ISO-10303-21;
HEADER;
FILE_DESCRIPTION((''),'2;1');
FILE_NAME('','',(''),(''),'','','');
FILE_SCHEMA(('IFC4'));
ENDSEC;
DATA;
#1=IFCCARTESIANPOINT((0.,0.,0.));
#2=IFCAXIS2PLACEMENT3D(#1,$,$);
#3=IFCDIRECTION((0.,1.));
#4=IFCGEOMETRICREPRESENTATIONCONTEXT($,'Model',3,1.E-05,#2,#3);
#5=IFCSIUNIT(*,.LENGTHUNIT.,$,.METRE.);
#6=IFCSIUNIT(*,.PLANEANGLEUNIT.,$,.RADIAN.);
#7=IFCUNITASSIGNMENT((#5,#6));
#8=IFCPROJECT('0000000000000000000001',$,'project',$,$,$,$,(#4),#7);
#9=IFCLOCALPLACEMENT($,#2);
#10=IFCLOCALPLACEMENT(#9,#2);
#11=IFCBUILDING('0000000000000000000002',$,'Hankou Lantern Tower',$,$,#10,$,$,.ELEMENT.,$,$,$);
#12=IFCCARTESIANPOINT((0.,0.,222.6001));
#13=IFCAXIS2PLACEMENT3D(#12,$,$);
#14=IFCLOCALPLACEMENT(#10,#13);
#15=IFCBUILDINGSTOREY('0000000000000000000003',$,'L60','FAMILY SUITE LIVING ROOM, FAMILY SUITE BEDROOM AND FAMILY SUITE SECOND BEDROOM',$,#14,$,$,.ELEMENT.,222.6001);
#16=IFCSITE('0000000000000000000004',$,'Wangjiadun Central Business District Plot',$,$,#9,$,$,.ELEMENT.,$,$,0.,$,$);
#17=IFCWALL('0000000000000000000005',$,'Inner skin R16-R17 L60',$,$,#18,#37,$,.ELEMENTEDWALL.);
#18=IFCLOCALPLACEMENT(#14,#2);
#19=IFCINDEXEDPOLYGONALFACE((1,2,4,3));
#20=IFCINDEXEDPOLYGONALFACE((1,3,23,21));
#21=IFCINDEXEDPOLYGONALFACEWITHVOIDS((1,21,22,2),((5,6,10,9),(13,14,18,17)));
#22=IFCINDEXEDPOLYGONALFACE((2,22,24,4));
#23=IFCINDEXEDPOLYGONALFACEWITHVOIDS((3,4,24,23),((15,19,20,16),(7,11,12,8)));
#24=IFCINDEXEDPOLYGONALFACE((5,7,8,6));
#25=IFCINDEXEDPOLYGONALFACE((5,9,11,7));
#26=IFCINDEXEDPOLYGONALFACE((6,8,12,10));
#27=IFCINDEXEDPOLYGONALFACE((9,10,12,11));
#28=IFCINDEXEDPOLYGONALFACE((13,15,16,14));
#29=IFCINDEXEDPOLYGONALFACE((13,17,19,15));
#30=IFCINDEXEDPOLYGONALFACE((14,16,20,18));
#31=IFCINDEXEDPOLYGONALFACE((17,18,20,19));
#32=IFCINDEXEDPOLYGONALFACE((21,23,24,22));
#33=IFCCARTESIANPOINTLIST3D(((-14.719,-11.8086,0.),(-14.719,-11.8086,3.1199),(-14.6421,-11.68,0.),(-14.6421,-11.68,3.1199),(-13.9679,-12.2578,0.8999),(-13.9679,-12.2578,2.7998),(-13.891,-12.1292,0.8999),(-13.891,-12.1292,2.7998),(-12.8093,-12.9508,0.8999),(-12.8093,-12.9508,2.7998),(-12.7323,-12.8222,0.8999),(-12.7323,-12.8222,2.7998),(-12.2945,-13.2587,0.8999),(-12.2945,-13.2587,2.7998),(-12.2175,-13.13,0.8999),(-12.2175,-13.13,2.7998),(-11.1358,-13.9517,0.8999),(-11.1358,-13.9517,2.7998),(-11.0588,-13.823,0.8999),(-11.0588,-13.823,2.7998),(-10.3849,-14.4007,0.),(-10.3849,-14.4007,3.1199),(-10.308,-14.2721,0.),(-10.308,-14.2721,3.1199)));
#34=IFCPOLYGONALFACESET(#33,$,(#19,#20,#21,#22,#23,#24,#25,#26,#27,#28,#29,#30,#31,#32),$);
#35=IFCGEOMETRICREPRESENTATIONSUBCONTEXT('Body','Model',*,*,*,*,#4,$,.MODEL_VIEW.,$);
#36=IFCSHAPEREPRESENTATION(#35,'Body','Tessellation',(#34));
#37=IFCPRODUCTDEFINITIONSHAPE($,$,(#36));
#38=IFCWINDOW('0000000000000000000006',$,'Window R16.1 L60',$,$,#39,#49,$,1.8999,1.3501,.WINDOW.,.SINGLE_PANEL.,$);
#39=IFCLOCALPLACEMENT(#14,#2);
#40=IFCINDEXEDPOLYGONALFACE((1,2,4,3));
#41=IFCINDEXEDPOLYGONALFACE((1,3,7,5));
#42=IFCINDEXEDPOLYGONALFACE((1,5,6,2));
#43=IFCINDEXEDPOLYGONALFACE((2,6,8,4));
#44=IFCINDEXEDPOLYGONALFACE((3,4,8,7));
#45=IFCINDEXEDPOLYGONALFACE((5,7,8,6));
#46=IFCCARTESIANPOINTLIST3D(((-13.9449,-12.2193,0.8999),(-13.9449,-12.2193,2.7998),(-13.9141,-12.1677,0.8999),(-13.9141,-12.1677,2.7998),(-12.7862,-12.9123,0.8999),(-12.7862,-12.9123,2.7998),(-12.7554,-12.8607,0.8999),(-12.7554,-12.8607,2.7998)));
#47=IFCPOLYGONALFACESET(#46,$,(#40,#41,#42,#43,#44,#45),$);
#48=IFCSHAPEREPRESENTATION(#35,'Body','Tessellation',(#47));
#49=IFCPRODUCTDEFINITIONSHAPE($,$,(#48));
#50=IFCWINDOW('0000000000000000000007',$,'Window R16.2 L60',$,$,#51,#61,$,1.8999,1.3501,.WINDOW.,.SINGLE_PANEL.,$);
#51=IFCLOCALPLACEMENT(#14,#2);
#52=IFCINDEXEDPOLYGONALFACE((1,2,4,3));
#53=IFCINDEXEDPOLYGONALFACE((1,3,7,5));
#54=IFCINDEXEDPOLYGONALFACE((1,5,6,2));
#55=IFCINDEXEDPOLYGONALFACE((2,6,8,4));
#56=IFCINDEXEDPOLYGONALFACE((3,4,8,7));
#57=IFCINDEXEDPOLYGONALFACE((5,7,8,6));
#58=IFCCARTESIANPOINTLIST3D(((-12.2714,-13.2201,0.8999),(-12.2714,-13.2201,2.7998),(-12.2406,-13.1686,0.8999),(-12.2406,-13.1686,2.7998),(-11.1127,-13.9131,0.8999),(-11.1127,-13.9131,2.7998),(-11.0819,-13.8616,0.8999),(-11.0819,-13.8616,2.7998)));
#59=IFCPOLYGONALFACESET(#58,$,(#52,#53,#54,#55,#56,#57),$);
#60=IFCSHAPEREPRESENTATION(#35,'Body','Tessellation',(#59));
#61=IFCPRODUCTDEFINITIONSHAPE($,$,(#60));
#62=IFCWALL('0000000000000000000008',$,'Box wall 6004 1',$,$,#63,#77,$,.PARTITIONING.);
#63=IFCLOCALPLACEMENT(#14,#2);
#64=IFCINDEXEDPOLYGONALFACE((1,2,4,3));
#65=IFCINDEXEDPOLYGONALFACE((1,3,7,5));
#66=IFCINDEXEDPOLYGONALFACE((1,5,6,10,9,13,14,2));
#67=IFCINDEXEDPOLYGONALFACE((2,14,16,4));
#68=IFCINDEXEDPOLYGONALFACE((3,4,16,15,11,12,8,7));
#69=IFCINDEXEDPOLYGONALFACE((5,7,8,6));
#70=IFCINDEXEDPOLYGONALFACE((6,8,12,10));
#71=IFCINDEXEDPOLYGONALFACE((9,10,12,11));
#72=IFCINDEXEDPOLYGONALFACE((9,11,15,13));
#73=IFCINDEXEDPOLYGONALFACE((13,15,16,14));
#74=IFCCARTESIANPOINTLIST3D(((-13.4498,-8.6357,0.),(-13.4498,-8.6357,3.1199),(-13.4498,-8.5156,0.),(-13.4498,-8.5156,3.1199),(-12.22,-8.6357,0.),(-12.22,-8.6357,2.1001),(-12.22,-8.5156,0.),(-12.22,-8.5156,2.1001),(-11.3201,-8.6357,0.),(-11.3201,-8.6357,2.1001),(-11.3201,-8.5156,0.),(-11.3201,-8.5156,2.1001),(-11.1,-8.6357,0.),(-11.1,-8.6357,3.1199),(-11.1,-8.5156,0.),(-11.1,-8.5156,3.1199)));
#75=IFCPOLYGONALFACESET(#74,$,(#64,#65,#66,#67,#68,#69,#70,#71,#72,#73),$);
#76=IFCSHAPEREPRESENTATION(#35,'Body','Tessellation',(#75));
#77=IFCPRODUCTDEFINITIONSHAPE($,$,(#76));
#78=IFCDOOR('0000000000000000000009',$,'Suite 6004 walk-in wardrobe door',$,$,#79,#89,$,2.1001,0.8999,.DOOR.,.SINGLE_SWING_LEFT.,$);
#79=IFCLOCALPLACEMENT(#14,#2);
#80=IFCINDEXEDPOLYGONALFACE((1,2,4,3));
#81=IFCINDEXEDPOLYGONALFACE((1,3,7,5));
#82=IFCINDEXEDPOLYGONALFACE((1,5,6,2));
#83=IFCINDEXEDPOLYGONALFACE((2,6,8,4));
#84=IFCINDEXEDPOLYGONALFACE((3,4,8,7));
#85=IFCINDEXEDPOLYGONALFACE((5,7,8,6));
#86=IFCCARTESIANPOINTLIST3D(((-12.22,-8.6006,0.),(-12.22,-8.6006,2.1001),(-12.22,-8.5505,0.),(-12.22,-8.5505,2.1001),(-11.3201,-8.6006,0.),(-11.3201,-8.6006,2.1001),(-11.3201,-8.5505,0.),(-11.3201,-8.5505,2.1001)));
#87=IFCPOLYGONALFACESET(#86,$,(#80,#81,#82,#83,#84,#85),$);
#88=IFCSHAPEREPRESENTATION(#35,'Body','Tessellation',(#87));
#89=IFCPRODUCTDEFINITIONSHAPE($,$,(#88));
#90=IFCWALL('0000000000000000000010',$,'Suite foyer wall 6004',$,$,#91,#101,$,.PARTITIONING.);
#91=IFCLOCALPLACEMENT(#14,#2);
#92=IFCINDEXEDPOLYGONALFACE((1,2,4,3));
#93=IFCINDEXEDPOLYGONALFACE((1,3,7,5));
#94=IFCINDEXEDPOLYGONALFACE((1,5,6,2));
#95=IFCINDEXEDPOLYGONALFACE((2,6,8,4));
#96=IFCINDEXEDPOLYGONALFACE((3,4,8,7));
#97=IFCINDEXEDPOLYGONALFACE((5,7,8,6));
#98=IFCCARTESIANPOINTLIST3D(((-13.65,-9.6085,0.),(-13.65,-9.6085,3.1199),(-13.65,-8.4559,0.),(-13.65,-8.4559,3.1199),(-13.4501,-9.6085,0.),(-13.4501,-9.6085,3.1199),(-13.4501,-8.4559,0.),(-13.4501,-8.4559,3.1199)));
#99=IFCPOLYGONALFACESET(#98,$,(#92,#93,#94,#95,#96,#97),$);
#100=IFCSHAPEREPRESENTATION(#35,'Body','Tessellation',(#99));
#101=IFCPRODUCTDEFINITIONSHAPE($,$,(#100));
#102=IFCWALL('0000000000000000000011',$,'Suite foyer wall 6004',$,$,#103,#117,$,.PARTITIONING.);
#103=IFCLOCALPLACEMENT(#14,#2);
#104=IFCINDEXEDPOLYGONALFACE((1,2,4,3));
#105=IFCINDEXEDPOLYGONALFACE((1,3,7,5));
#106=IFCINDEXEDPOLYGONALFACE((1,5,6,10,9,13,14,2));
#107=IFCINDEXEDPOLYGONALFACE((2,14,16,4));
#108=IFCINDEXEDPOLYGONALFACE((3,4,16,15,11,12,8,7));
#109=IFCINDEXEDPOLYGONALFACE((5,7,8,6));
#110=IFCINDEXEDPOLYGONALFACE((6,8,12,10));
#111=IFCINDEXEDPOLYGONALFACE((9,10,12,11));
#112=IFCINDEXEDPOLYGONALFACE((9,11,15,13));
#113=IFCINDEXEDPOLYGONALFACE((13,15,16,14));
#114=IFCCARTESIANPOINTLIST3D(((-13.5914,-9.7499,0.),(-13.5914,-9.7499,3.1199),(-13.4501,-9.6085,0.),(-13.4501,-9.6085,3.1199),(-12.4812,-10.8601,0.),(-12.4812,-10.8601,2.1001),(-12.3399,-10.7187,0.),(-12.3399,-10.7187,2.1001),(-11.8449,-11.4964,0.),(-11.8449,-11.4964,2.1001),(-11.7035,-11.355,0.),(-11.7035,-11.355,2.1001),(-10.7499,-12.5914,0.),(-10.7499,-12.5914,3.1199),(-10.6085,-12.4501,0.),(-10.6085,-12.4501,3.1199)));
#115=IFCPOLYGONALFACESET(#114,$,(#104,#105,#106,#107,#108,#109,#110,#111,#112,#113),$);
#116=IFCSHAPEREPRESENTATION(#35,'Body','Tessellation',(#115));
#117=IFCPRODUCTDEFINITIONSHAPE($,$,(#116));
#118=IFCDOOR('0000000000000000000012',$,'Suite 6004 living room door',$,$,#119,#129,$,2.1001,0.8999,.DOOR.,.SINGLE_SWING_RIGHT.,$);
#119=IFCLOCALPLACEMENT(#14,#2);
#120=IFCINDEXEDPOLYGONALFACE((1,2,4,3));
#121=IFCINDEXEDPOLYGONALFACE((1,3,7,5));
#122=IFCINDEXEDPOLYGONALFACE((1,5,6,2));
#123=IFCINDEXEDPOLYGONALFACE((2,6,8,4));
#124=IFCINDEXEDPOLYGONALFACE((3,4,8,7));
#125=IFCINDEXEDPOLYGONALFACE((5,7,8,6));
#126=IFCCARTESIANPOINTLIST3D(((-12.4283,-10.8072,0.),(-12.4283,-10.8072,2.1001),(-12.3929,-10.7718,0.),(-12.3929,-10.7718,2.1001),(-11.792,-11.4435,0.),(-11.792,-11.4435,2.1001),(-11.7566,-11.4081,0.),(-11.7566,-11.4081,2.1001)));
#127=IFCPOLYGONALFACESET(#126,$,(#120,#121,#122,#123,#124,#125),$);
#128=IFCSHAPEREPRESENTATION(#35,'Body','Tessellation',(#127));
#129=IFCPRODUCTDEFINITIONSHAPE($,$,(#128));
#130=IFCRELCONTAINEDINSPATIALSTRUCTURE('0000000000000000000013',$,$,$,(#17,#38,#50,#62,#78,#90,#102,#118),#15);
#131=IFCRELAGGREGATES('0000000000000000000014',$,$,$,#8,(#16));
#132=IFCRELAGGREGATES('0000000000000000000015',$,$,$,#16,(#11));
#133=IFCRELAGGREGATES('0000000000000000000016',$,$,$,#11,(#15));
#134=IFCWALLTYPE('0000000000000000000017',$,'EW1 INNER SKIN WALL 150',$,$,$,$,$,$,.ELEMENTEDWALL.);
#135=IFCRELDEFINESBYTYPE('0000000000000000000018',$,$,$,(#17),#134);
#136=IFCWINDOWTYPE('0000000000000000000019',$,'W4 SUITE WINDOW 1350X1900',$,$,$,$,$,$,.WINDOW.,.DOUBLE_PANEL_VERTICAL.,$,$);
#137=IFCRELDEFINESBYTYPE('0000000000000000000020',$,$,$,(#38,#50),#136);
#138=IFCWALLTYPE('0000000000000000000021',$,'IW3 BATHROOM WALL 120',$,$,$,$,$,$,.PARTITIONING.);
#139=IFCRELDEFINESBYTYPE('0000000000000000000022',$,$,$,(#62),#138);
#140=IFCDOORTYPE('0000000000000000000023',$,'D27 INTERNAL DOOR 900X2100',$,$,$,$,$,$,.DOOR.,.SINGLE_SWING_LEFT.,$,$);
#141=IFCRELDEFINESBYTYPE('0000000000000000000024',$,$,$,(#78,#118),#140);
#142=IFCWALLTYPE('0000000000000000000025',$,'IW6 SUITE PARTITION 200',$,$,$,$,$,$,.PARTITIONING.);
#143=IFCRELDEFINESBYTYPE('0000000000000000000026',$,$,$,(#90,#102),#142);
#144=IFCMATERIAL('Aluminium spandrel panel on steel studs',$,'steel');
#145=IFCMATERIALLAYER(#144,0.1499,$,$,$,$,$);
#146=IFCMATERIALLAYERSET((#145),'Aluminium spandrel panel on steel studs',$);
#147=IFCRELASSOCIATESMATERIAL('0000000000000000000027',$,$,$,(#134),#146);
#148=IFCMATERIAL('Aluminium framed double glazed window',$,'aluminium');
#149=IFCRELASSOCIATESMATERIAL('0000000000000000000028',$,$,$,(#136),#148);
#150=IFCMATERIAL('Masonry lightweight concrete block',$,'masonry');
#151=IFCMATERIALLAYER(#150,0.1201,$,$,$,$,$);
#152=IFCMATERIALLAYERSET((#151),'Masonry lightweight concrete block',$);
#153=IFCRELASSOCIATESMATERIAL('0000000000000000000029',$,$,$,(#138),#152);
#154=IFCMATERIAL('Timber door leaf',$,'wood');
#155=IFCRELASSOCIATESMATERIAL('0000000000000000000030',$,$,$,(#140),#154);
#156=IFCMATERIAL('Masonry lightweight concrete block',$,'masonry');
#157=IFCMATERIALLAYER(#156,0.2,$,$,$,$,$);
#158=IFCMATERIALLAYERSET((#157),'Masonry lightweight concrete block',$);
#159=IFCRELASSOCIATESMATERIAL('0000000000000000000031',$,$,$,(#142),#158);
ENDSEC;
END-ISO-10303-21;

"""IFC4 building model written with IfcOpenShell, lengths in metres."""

from ifc_helpers import new_model, si_unit, direction, frame, frame_2d, origin, place, context, subcontext, project, spatial, rectangle, extrude, material, layer, layer_set, type_object, element, fill, save


model = new_model("IFC4")

# Units and contexts
model_context = context("Model", 3, precision=1e-05, world=origin(), true_north=direction((0.0, 1.0)))
body_context = subcontext(model_context, "Body", "Model", "MODEL_VIEW")
ifc_project = project(units=[si_unit("LENGTHUNIT", "METRE"), si_unit("PLANEANGLEUNIT", "RADIAN")], contexts=[model_context])

# Site, building, storey
site_placement = place(None, origin())
site = spatial("IfcSite", under=ifc_project, at=site_placement, Name="Wangjiadun Central Business District Plot", CompositionType="ELEMENT", RefElevation=0.0)
building_placement = place(site_placement, origin())
building = spatial("IfcBuilding", under=site, at=building_placement, Name="Hankou Lantern Tower", CompositionType="ELEMENT")
storey_placement = place(building_placement, frame((0.0, 0.0, 222.6001)))
storey = spatial("IfcBuildingStorey", under=building, at=storey_placement, Name="L60", Description="FAMILY SUITE LIVING ROOM, FAMILY SUITE BEDROOM AND FAMILY SUITE SECOND BEDROOM", CompositionType="ELEMENT", Elevation=222.6001)

# Wall, openings, windows
ifc_material_1 = material(Name="Aluminium spandrel panel on steel studs", Category="steel")
ifc_layer_1 = layer(ifc_material_1, 0.1499)
ifc_layer_set_1 = layer_set([ifc_layer_1], Name="Aluminium spandrel panel on steel studs")
wall_type_1 = type_object("IfcWallType", Name="EW1 INNER SKIN WALL 150", PredefinedType="ELEMENTEDWALL", material=ifc_layer_set_1)
ifc_material_2 = material(Name="Aluminium framed double glazed window", Category="aluminium")
window_type = type_object("IfcWindowType", Name="W4 SUITE WINDOW 1350X1900", PartitioningType="DOUBLE_PANEL_VERTICAL", PredefinedType="WINDOW", material=ifc_material_2)
wall_1_placement = place(storey_placement, frame((-14.6804, -11.7444, 0.0), z_axis=(0.0, 0.0, 1.0), x_axis=(0.858222, -0.51328, 0.0)))
wall_1 = element("IfcWall", 1, at=wall_1_placement, inside=storey, type_object=wall_type_1, Name="Inner skin R16-R17 L60", PredefinedType="ELEMENTEDWALL", context=body_context, shape_type="SweptSolid", body=[
    extrude(rectangle(XDim=5.05, YDim=0.1499, at=frame_2d((2.5249, 0.0))), origin(), (0.0, 0.0, 1.0), 3.1199),
])
opening_1_placement = place(wall_1_placement, frame((0.875, 0.0, 0.8999)))
opening_1 = element("IfcOpeningElement", 2, at=opening_1_placement, cuts=wall_1, PredefinedType="OPENING", context=body_context, shape_type="SweptSolid", body=[
    extrude(rectangle(XDim=1.3501, YDim=1.8999, at=frame_2d((0.675, 0.95))), frame((0.0, 0.085, 0.0), z_axis=(0.0, -1.0, 0.0), x_axis=(1.0, 0.0, 0.0)), (0.0, 0.0, 1.0), 0.1699),
])
opening_2_placement = place(wall_1_placement, frame((2.825, 0.0, 0.8999)))
opening_2 = element("IfcOpeningElement", 3, at=opening_2_placement, cuts=wall_1, PredefinedType="OPENING", context=body_context, shape_type="SweptSolid", body=[
    extrude(rectangle(XDim=1.3501, YDim=1.8999, at=frame_2d((0.675, 0.95))), frame((0.0, 0.085, 0.0), z_axis=(0.0, -1.0, 0.0), x_axis=(1.0, 0.0, 0.0)), (0.0, 0.0, 1.0), 0.1699),
])
window_1_placement = place(opening_1_placement, origin())
window_1 = element("IfcWindow", 4, at=window_1_placement, inside=storey, type_object=window_type, Name="Window R16.1 L60", OverallHeight=1.8999, OverallWidth=1.3501, PartitioningType="SINGLE_PANEL", PredefinedType="WINDOW", context=body_context, shape_type="SweptSolid", body=[
    extrude(rectangle(XDim=1.3501, YDim=1.8999, at=frame_2d((0.675, 0.95))), frame((0.0, 0.03, 0.0), z_axis=(0.0, -1.0, 0.0), x_axis=(1.0, 0.0, 0.0)), (0.0, 0.0, 1.0), 0.0601),
])
fill(opening_1, window_1)
window_2_placement = place(opening_2_placement, origin())
window_2 = element("IfcWindow", 5, at=window_2_placement, inside=storey, type_object=window_type, Name="Window R16.2 L60", OverallHeight=1.8999, OverallWidth=1.3501, PartitioningType="SINGLE_PANEL", PredefinedType="WINDOW", context=body_context, shape_type="SweptSolid", body=[
    extrude(rectangle(XDim=1.3501, YDim=1.8999, at=frame_2d((0.675, 0.95))), frame((0.0, 0.03, 0.0), z_axis=(0.0, -1.0, 0.0), x_axis=(1.0, 0.0, 0.0)), (0.0, 0.0, 1.0), 0.0601),
])
fill(opening_2, window_2)

# Wall, opening, door
ifc_material_3 = material(Name="Masonry lightweight concrete block", Category="masonry")
ifc_layer_2 = layer(ifc_material_3, 0.1201)
ifc_layer_set_2 = layer_set([ifc_layer_2], Name="Masonry lightweight concrete block")
wall_type_2 = type_object("IfcWallType", Name="IW3 BATHROOM WALL 120", PredefinedType="PARTITIONING", material=ifc_layer_set_2)
wall_2_placement = place(storey_placement, frame((-11.1001, -8.5757, 0.0), z_axis=(0.0, 0.0, 1.0), x_axis=(-1.0, 0.0, 0.0)))
wall_2 = element("IfcWall", 6, at=wall_2_placement, inside=storey, type_object=wall_type_2, Name="Box wall 6004 1", PredefinedType="PARTITIONING", context=body_context, shape_type="SweptSolid", body=[
    extrude(rectangle(XDim=2.3499, YDim=0.1201, at=frame_2d((1.1748, 0.0))), origin(), (0.0, 0.0, 1.0), 3.1199),
])
opening_3_placement = place(wall_2_placement, frame((0.22, 0.0, 0.0)))
opening_3 = element("IfcOpeningElement", 7, at=opening_3_placement, cuts=wall_2, PredefinedType="OPENING", context=body_context, shape_type="SweptSolid", body=[
    extrude(rectangle(XDim=0.8999, YDim=2.1001, at=frame_2d((0.45, 1.05))), frame((0.0, 0.0701, 0.0), z_axis=(0.0, -1.0, 0.0), x_axis=(1.0, 0.0, 0.0)), (0.0, 0.0, 1.0), 0.1401),
])
ifc_material_4 = material(Name="Timber door leaf", Category="wood")
door_type = type_object("IfcDoorType", Name="D27 INTERNAL DOOR 900X2100", OperationType="SINGLE_SWING_LEFT", PredefinedType="DOOR", material=ifc_material_4)
door_1_placement = place(opening_3_placement, origin())
door_1 = element("IfcDoor", 8, at=door_1_placement, inside=storey, type_object=door_type, Name="Suite 6004 walk-in wardrobe door", OperationType="SINGLE_SWING_LEFT", OverallHeight=2.1001, OverallWidth=0.8999, PredefinedType="DOOR", context=body_context, shape_type="SweptSolid", body=[
    extrude(rectangle(XDim=0.8999, YDim=2.1001, at=frame_2d((0.45, 1.05))), frame((0.0, 0.0249, 0.0), z_axis=(0.0, -1.0, 0.0), x_axis=(1.0, 0.0, 0.0)), (0.0, 0.0, 1.0), 0.05),
])
fill(opening_3, door_1)

# Wall
ifc_material_5 = material(Name="Masonry lightweight concrete block", Category="masonry")
ifc_layer_3 = layer(ifc_material_5, 0.2)
ifc_layer_set_3 = layer_set([ifc_layer_3], Name="Masonry lightweight concrete block")
wall_type_3 = type_object("IfcWallType", Name="IW6 SUITE PARTITION 200", PredefinedType="PARTITIONING", material=ifc_layer_set_3)
wall_3_placement = place(storey_placement, frame((-13.55, -8.4561, 0.0), z_axis=(0.0, 0.0, 1.0), x_axis=(0.0, -1.0, 0.0)))
element("IfcWall", 9, at=wall_3_placement, inside=storey, type_object=wall_type_3, Name="Suite foyer wall 6004", PredefinedType="PARTITIONING", context=body_context, shape_type="SweptSolid", body=[
    extrude(rectangle(XDim=1.1526, YDim=0.2, at=frame_2d((0.5762, 0.0))), origin(), (0.0, 0.0, 1.0), 3.1199),
])

# Wall, opening, door
wall_4_placement = place(storey_placement, frame((-13.5208, -9.6792, 0.0), z_axis=(0.0, 0.0, 1.0), x_axis=(0.707107, -0.707107, 0.0)))
wall_4 = element("IfcWall", 10, at=wall_4_placement, inside=storey, type_object=wall_type_3, Name="Suite foyer wall 6004", PredefinedType="PARTITIONING", context=body_context, shape_type="SweptSolid", body=[
    extrude(rectangle(XDim=4.0186, YDim=0.2, at=frame_2d((2.0093, 0.0))), origin(), (0.0, 0.0, 1.0), 3.1199),
])
opening_4_placement = place(wall_4_placement, frame((1.5701, 0.0, 0.0)))
opening_4 = element("IfcOpeningElement", 11, at=opening_4_placement, cuts=wall_4, PredefinedType="OPENING", context=body_context, shape_type="SweptSolid", body=[
    extrude(rectangle(XDim=0.8999, YDim=2.1001, at=frame_2d((0.45, 1.05))), frame((0.0, 0.1099, 0.0), z_axis=(0.0, -1.0, 0.0), x_axis=(1.0, 0.0, 0.0)), (0.0, 0.0, 1.0), 0.22),
])
door_2_placement = place(opening_4_placement, origin())
door_2 = element("IfcDoor", 12, at=door_2_placement, inside=storey, type_object=door_type, Name="Suite 6004 living room door", OperationType="SINGLE_SWING_RIGHT", OverallHeight=2.1001, OverallWidth=0.8999, PredefinedType="DOOR", context=body_context, shape_type="SweptSolid", body=[
    extrude(rectangle(XDim=0.8999, YDim=2.1001, at=frame_2d((0.45, 1.05))), frame((0.0, 0.0249, 0.0), z_axis=(0.0, -1.0, 0.0), x_axis=(1.0, 0.0, 0.0)), (0.0, 0.0, 1.0), 0.05),
])
fill(opening_4, door_2)

save(model, "model.ifc")
